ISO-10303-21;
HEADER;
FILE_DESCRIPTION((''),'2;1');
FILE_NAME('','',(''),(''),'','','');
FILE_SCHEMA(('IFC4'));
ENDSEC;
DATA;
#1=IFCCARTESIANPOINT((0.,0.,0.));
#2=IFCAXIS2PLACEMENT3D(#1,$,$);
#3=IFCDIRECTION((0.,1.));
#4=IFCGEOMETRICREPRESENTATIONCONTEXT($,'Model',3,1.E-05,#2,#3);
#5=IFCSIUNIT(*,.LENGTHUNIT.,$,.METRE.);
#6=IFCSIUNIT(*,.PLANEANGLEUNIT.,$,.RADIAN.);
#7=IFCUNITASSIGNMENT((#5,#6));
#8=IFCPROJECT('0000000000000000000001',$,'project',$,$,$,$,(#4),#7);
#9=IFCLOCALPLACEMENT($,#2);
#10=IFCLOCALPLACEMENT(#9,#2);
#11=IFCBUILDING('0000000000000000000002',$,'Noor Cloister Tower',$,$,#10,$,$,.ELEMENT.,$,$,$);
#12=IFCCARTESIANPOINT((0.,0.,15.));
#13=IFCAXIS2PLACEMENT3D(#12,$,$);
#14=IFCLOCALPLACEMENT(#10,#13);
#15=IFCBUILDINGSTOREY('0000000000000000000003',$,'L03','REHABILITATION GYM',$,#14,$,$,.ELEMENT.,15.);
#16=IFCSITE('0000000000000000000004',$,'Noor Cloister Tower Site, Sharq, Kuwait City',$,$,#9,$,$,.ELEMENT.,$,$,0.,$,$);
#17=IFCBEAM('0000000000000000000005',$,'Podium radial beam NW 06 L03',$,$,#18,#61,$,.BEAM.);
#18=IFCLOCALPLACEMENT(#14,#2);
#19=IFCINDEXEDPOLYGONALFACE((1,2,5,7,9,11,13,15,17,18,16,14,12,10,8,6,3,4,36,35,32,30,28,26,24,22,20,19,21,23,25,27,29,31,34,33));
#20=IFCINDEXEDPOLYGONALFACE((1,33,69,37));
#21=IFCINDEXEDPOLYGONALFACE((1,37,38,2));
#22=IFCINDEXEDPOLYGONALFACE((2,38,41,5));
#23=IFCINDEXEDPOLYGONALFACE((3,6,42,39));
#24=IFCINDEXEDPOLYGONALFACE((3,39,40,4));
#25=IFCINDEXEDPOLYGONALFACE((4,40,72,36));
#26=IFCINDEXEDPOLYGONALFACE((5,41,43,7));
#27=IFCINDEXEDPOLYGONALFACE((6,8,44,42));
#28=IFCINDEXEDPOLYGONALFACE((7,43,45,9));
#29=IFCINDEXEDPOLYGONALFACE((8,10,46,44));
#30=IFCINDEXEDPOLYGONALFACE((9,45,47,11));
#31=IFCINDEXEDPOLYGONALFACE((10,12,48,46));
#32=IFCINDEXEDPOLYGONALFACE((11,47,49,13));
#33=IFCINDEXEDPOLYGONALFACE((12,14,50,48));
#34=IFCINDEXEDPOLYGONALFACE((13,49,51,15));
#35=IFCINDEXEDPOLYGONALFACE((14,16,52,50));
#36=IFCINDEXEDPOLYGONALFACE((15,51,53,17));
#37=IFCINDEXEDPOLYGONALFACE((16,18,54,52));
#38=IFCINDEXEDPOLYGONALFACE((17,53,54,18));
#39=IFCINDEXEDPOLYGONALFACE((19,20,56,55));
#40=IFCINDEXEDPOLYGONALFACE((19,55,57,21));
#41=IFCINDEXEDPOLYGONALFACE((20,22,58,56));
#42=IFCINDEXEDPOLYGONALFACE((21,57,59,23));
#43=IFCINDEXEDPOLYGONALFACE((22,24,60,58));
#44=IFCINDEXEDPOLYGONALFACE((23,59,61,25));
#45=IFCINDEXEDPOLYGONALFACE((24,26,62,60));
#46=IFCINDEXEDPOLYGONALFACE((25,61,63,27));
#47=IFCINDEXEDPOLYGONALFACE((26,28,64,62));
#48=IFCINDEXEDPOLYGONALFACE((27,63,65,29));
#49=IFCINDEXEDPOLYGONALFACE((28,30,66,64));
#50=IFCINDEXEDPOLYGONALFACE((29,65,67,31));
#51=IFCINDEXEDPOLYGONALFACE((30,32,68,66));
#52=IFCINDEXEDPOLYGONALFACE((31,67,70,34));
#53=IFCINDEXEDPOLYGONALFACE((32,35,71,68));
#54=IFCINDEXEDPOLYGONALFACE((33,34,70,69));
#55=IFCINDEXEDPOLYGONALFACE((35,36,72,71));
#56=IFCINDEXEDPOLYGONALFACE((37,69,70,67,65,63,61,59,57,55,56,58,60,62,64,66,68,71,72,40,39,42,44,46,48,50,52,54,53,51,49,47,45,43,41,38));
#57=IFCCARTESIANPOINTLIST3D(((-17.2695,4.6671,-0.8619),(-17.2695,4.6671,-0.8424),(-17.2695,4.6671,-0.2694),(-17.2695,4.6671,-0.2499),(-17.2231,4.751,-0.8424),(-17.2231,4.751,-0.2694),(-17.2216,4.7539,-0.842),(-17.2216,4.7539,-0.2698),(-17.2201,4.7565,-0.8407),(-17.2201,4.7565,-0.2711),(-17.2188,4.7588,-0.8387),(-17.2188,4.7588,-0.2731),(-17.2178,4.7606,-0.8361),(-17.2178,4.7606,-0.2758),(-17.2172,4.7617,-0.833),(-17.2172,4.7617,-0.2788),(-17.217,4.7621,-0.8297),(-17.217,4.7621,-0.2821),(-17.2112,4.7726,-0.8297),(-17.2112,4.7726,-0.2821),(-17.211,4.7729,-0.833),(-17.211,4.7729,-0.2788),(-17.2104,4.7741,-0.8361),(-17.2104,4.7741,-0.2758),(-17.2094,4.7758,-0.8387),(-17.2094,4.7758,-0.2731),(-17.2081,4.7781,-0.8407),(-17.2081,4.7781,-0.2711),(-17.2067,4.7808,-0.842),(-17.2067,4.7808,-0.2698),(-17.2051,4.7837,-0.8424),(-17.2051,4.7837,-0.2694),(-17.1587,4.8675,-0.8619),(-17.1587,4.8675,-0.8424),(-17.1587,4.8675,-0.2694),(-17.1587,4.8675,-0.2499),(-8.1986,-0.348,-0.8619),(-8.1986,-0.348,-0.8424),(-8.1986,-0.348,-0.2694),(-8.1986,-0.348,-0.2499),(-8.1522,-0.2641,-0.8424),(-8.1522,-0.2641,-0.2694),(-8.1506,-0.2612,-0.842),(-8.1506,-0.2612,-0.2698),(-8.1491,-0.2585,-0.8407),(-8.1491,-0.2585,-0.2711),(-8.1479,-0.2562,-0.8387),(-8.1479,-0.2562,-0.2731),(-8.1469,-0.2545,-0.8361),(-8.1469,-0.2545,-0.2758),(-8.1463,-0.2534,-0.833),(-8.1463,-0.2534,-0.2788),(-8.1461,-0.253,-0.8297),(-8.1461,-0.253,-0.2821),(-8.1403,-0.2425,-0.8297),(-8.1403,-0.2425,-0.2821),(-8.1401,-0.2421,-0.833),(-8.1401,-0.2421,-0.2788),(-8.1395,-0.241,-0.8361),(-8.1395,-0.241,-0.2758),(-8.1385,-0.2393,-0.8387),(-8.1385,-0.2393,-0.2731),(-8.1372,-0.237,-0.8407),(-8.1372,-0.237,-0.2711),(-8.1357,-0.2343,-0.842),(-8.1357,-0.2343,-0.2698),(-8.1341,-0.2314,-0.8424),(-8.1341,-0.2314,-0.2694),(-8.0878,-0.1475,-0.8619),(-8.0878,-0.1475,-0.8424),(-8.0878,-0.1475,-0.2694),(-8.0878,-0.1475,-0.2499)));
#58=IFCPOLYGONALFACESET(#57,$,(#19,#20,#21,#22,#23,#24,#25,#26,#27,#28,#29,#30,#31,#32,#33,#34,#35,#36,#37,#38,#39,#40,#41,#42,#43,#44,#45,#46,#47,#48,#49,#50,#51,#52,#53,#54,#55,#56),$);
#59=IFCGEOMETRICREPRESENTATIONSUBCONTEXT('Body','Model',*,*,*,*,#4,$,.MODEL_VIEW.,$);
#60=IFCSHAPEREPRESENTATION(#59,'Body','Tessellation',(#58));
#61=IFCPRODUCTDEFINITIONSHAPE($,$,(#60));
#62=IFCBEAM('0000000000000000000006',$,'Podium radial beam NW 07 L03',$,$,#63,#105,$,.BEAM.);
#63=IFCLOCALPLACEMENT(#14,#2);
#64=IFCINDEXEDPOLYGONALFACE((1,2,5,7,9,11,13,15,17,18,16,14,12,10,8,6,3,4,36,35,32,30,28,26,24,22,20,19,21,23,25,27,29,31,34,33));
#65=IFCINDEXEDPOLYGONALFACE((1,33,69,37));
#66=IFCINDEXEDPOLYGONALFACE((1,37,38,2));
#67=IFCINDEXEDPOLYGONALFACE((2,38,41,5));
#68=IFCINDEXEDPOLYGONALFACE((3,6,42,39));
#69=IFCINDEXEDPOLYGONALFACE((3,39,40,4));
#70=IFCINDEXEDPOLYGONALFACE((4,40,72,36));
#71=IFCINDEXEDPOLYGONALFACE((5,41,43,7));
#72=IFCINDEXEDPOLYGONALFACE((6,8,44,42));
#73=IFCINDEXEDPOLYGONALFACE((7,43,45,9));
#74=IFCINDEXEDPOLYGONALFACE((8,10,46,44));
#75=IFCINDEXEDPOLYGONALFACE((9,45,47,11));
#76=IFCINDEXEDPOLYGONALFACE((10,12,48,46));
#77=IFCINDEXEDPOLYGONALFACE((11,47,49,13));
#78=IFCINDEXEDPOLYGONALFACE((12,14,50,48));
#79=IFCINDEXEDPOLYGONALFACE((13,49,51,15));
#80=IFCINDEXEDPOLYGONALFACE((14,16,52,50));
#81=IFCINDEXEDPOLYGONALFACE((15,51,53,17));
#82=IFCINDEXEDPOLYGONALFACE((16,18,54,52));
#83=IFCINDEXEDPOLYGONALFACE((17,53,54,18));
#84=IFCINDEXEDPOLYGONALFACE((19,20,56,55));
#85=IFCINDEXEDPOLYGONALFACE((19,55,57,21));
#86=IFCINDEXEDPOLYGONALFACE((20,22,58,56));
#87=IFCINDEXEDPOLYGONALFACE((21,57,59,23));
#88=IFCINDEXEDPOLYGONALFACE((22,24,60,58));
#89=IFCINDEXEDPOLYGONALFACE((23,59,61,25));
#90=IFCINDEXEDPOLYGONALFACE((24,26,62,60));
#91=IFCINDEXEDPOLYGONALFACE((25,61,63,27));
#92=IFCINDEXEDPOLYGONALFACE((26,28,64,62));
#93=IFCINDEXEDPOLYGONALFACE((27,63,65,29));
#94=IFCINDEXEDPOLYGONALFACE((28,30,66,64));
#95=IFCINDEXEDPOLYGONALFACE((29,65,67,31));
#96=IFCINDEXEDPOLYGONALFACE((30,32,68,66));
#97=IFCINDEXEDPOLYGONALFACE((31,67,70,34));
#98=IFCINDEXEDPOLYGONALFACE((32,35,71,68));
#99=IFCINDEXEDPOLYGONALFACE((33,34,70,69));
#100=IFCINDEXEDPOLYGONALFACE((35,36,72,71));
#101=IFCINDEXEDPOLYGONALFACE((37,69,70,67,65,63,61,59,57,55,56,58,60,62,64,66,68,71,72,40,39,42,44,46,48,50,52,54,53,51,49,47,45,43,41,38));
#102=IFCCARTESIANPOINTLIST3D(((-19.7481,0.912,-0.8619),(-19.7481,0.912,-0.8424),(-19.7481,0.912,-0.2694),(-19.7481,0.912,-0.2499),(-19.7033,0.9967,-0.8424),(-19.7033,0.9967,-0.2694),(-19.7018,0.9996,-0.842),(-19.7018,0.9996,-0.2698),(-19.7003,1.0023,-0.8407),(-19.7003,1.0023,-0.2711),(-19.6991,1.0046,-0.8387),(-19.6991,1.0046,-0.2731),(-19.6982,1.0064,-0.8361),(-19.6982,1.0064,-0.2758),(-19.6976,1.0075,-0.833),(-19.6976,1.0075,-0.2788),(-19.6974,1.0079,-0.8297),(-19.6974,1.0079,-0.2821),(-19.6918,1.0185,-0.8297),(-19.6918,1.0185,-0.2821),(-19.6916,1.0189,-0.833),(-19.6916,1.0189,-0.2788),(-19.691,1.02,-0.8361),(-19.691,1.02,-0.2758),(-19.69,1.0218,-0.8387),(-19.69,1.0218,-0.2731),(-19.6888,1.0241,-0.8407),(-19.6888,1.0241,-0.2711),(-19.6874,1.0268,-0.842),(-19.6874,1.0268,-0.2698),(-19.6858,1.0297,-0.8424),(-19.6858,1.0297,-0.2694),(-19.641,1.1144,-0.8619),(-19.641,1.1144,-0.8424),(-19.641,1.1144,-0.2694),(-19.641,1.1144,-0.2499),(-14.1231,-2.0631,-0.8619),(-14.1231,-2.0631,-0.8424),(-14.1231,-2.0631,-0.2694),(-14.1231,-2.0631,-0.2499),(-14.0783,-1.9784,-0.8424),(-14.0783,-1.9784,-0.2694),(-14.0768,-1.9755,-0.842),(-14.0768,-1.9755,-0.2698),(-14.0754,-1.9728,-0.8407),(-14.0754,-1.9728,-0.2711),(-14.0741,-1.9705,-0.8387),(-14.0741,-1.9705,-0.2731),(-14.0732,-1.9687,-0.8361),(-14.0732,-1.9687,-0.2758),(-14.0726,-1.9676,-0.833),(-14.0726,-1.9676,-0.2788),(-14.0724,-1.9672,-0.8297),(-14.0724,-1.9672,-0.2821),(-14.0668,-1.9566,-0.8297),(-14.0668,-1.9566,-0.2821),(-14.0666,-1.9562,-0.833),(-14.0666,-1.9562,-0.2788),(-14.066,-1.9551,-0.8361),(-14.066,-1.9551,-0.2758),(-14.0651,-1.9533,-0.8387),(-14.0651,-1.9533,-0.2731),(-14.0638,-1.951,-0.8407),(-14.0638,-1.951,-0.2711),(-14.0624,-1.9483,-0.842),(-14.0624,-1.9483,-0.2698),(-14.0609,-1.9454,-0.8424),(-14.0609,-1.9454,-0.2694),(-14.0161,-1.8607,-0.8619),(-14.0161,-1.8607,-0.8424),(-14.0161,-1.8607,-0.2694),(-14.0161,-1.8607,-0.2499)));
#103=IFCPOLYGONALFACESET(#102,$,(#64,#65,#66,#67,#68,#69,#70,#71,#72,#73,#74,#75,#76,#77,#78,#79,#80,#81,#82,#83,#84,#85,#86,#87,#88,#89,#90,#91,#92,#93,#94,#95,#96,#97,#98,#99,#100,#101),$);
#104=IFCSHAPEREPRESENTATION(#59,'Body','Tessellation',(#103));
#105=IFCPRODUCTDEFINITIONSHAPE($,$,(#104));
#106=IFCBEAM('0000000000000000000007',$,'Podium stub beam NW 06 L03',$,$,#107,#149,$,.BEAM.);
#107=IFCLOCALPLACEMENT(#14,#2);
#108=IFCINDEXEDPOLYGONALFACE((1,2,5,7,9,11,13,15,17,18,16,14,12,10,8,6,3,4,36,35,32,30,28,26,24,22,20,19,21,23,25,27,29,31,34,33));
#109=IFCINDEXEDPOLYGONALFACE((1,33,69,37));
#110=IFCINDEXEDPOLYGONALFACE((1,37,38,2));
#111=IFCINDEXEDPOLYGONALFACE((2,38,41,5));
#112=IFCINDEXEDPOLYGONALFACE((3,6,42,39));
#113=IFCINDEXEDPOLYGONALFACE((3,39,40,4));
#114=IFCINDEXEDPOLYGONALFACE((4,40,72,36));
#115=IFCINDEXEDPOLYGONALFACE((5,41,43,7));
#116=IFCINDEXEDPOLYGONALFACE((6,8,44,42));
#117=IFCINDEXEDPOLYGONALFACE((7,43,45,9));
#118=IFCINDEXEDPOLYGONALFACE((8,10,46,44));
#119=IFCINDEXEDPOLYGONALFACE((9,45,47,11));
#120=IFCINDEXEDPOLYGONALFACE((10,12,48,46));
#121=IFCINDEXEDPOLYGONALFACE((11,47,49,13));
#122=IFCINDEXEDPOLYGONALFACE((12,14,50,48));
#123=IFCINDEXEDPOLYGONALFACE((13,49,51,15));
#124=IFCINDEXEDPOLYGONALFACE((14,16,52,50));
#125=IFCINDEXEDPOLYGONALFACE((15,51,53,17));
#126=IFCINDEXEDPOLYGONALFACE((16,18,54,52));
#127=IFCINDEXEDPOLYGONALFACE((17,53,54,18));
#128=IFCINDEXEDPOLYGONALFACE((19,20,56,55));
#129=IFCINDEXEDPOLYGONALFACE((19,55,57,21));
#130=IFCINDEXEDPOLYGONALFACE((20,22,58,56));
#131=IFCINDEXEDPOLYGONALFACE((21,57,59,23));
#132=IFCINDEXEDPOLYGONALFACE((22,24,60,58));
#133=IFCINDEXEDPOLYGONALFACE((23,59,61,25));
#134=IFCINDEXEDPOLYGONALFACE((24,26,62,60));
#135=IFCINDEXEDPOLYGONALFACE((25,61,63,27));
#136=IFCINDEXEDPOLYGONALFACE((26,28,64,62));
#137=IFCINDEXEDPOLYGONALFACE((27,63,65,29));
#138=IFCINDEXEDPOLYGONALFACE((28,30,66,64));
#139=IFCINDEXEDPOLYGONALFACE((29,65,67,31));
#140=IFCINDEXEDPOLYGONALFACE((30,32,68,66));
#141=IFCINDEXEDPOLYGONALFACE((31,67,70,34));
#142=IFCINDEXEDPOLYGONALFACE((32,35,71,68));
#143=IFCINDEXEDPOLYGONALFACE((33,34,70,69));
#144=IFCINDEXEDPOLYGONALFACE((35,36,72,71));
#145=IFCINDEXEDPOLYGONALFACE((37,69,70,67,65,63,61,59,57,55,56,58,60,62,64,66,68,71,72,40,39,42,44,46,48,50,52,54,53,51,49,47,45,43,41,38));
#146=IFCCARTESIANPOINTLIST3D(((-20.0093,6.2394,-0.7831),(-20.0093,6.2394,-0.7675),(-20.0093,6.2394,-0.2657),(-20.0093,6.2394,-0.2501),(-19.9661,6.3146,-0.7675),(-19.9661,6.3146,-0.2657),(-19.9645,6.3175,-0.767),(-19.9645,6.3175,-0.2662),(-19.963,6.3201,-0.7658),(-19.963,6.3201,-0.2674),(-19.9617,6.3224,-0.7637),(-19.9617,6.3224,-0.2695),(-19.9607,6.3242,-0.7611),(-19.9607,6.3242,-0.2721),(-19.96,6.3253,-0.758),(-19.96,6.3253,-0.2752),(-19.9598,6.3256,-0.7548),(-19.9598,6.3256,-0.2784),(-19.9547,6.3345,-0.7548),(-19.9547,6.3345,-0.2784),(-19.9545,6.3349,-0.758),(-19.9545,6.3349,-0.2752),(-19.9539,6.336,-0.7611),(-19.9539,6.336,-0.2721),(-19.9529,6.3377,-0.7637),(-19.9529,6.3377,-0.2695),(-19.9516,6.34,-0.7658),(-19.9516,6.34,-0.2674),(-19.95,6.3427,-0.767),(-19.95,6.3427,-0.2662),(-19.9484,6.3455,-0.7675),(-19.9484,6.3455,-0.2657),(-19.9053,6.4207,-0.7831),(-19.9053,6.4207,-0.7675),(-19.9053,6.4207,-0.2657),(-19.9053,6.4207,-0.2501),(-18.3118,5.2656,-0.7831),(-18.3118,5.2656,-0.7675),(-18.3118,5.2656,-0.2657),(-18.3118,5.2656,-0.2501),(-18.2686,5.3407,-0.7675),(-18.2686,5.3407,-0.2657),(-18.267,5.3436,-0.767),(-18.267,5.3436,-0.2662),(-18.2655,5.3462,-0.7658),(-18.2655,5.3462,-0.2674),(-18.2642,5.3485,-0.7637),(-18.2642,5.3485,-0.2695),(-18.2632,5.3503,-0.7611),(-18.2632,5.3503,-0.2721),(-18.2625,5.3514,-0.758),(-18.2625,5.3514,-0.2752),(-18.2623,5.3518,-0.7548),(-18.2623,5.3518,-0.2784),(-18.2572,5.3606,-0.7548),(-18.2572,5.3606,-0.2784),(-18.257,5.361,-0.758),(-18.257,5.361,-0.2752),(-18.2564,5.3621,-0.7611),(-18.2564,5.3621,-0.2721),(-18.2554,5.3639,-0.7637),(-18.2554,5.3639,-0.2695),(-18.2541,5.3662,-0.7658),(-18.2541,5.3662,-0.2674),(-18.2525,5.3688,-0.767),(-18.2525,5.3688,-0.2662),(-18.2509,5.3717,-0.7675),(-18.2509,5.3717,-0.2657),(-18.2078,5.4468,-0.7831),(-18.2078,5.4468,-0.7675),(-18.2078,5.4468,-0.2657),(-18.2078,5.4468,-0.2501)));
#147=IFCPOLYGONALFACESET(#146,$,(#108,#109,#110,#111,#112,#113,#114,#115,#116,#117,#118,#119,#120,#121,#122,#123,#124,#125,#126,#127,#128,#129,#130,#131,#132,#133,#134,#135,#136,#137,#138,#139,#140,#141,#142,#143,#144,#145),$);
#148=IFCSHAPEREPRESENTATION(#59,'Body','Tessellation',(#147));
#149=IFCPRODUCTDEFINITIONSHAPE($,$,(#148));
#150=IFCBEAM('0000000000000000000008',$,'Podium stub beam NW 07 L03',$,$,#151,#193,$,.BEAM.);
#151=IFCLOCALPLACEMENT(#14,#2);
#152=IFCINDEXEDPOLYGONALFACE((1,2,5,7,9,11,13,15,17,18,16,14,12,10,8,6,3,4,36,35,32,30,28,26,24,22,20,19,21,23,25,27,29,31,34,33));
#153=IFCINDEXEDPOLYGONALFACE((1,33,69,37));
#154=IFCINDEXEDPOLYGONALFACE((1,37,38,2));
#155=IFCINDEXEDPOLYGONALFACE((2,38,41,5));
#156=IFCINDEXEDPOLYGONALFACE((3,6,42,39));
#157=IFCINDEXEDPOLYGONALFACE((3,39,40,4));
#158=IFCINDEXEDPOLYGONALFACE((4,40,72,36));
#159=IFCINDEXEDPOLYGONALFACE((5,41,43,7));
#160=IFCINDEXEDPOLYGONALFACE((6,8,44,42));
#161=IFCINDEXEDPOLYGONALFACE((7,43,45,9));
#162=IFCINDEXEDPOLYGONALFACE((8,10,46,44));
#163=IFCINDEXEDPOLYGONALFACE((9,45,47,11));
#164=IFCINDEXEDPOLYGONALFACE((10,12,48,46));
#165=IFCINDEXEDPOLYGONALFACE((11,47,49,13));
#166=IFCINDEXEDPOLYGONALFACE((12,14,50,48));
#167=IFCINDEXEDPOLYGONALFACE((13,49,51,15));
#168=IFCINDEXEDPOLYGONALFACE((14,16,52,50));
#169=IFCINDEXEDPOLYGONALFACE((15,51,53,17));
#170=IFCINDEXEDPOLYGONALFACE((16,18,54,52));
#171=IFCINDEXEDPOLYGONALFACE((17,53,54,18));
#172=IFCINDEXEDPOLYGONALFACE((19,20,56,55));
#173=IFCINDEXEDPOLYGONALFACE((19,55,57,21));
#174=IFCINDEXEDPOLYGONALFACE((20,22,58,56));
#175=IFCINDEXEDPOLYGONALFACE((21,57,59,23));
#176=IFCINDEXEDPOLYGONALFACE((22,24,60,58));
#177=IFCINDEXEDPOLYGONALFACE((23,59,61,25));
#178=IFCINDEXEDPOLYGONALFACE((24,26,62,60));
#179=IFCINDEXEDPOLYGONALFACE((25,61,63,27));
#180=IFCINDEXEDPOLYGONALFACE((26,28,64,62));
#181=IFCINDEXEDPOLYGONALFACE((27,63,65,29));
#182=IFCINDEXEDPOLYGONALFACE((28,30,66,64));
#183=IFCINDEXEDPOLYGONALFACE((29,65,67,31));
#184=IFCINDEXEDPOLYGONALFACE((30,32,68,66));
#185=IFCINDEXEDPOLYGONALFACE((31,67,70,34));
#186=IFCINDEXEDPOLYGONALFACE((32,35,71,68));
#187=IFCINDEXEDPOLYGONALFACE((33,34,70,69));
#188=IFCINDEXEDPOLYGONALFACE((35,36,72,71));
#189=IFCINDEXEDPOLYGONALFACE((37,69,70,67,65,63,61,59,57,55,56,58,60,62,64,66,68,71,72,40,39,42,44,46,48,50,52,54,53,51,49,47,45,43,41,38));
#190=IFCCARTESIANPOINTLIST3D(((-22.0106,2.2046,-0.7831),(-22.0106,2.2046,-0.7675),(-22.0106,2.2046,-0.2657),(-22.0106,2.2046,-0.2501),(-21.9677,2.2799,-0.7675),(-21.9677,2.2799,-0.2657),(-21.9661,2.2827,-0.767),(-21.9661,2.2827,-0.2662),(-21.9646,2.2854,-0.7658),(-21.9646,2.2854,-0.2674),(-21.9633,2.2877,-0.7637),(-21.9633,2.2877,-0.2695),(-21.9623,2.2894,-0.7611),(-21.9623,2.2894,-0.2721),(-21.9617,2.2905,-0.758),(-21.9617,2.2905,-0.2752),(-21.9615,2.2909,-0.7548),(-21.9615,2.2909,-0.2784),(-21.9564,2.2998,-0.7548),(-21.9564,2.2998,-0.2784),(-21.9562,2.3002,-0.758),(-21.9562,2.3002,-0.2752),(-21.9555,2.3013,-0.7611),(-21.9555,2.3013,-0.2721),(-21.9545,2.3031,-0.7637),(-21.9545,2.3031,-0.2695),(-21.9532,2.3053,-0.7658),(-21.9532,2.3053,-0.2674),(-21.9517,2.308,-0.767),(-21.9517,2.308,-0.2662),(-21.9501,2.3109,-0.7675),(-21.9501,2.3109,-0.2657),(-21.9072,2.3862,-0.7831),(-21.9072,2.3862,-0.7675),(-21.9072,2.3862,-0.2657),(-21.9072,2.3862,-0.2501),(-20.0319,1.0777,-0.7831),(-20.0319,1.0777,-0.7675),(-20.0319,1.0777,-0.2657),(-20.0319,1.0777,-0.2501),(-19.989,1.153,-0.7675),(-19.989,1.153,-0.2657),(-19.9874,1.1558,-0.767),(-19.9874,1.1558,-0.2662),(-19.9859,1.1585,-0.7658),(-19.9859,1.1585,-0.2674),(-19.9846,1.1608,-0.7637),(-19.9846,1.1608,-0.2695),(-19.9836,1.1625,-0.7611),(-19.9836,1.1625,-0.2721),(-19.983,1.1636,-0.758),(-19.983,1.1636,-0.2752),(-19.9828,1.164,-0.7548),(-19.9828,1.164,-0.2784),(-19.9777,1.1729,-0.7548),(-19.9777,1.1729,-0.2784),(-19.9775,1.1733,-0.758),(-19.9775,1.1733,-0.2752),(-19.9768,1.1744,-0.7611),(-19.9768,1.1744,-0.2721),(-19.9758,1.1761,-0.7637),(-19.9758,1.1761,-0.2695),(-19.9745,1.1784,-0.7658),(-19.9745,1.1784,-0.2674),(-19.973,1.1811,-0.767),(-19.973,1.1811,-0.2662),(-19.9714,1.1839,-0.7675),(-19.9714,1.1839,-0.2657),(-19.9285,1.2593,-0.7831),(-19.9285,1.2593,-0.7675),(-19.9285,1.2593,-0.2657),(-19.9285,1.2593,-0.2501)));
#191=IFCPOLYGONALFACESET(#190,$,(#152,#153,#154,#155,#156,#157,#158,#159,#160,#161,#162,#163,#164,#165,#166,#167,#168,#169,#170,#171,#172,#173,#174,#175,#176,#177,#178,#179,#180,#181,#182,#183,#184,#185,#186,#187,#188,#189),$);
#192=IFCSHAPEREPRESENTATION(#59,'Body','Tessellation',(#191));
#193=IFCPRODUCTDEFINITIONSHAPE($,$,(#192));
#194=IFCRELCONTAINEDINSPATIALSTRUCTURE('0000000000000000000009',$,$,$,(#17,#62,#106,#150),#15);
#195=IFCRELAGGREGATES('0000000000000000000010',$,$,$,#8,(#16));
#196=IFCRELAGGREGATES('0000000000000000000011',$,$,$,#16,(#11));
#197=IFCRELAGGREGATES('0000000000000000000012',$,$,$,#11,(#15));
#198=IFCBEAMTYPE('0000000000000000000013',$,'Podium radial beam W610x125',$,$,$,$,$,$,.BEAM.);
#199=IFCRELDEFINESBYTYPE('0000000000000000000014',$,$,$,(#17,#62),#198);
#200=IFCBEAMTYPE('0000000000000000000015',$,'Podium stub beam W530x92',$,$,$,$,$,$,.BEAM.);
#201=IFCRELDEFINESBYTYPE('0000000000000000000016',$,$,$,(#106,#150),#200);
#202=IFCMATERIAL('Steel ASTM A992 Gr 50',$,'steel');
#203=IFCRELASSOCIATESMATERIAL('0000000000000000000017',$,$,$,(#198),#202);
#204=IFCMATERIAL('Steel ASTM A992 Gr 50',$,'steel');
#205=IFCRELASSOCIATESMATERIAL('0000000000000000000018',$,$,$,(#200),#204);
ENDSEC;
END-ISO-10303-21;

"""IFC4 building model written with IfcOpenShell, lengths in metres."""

from ifc_helpers import new_model, si_unit, direction, frame, origin, origin_2d, place, context, subcontext, project, spatial, i_section, extrude, material, material_profile, profile_set, type_object, element, save


model = new_model("IFC4")

# Units and contexts
model_context = context("Model", 3, precision=1e-05, world=origin(), true_north=direction((0.0, 1.0)))
body_context = subcontext(model_context, "Body", "Model", "MODEL_VIEW")
ifc_project = project(units=[si_unit("LENGTHUNIT", "METRE"), si_unit("PLANEANGLEUNIT", "RADIAN")], contexts=[model_context])

# Site, building, storey
site_placement = place(None, origin())
site = spatial("IfcSite", under=ifc_project, at=site_placement, Name="Noor Cloister Tower Site, Sharq, Kuwait City", CompositionType="ELEMENT", RefElevation=0.0)
building_placement = place(site_placement, origin())
building = spatial("IfcBuilding", under=site, at=building_placement, Name="Noor Cloister Tower", CompositionType="ELEMENT")
storey_placement = place(building_placement, frame((0.0, 0.0, 15.0)))
storey = spatial("IfcBuildingStorey", under=building, at=storey_placement, Name="L03", Description="REHABILITATION GYM", CompositionType="ELEMENT", Elevation=15.0)

# Beams
ifc_material_1 = material(Name="Steel ASTM A992 Gr 50", Category="steel")
ifc_material_profile_1 = material_profile(ifc_material_1, i_section(OverallWidth=0.229, OverallDepth=0.6121, WebThickness=0.012, FlangeThickness=0.0195, FilletRadius=0.0127, at=origin_2d()), Name="W610x125")
ifc_profile_set_1 = profile_set([ifc_material_profile_1], Name="Steel ASTM A992 Gr 50")
beam_type_1 = type_object("IfcBeamType", Name="Podium radial beam W610x125", PredefinedType="BEAM", material=ifc_profile_set_1)
beam_1_placement = place(storey_placement, frame((-17.2141, 4.7673, -0.5559), z_axis=(0.875152, -0.483848, 0.0), x_axis=(0.483848, 0.875152, 0.0)))
element("IfcBeam", 1, at=beam_1_placement, inside=storey, type_object=beam_type_1, Name="Podium radial beam NW 06 L03", PredefinedType="BEAM", context=body_context, shape_type="SweptSolid", body=[
    extrude(i_section(OverallWidth=0.229, OverallDepth=0.6121, WebThickness=0.012, FlangeThickness=0.0195, FilletRadius=0.0127, at=origin_2d()), origin(), (0.0, 0.0, 1.0), 10.365),
])
beam_2_placement = place(storey_placement, frame((-19.6946, 1.0132, -0.5559), z_axis=(0.883973, -0.467539, 0.0), x_axis=(0.467539, 0.883973, 0.0)))
element("IfcBeam", 2, at=beam_2_placement, inside=storey, type_object=beam_type_1, Name="Podium radial beam NW 07 L03", PredefinedType="BEAM", context=body_context, shape_type="SweptSolid", body=[
    extrude(i_section(OverallWidth=0.229, OverallDepth=0.6121, WebThickness=0.012, FlangeThickness=0.0195, FilletRadius=0.0127, at=origin_2d()), origin(), (0.0, 0.0, 1.0), 6.3633),
])
ifc_material_2 = material(Name="Steel ASTM A992 Gr 50", Category="steel")
ifc_material_profile_2 = material_profile(ifc_material_2, i_section(OverallWidth=0.209, OverallDepth=0.533, WebThickness=0.0103, FlangeThickness=0.0156, FilletRadius=0.0127, at=origin_2d()), Name="W530x92")
ifc_profile_set_2 = profile_set([ifc_material_profile_2], Name="Steel ASTM A992 Gr 50")
beam_type_2 = type_object("IfcBeamType", Name="Podium stub beam W530x92", PredefinedType="BEAM", material=ifc_profile_set_2)
beam_3_placement = place(storey_placement, frame((-18.2598, 5.3562, -0.5166), z_axis=(-0.86739, 0.497629, 0.0), x_axis=(-0.497629, -0.86739, 0.0)))
element("IfcBeam", 3, at=beam_3_placement, inside=storey, type_object=beam_type_2, Name="Podium stub beam NW 06 L03", PredefinedType="BEAM", context=body_context, shape_type="SweptSolid", body=[
    extrude(i_section(OverallWidth=0.209, OverallDepth=0.533, WebThickness=0.0103, FlangeThickness=0.0156, FilletRadius=0.0127, at=origin_2d()), origin(), (0.0, 0.0, 1.0), 1.957),
])
beam_4_placement = place(storey_placement, frame((-19.9802, 1.1685, -0.5166), z_axis=(-0.868955, 0.494891, 0.0), x_axis=(-0.494891, -0.868955, 0.0)))
element("IfcBeam", 4, at=beam_4_placement, inside=storey, type_object=beam_type_2, Name="Podium stub beam NW 07 L03", PredefinedType="BEAM", context=body_context, shape_type="SweptSolid", body=[
    extrude(i_section(OverallWidth=0.209, OverallDepth=0.533, WebThickness=0.0103, FlangeThickness=0.0156, FilletRadius=0.0127, at=origin_2d()), origin(), (0.0, 0.0, 1.0), 2.2771),
])

save(model, "model.ifc")
